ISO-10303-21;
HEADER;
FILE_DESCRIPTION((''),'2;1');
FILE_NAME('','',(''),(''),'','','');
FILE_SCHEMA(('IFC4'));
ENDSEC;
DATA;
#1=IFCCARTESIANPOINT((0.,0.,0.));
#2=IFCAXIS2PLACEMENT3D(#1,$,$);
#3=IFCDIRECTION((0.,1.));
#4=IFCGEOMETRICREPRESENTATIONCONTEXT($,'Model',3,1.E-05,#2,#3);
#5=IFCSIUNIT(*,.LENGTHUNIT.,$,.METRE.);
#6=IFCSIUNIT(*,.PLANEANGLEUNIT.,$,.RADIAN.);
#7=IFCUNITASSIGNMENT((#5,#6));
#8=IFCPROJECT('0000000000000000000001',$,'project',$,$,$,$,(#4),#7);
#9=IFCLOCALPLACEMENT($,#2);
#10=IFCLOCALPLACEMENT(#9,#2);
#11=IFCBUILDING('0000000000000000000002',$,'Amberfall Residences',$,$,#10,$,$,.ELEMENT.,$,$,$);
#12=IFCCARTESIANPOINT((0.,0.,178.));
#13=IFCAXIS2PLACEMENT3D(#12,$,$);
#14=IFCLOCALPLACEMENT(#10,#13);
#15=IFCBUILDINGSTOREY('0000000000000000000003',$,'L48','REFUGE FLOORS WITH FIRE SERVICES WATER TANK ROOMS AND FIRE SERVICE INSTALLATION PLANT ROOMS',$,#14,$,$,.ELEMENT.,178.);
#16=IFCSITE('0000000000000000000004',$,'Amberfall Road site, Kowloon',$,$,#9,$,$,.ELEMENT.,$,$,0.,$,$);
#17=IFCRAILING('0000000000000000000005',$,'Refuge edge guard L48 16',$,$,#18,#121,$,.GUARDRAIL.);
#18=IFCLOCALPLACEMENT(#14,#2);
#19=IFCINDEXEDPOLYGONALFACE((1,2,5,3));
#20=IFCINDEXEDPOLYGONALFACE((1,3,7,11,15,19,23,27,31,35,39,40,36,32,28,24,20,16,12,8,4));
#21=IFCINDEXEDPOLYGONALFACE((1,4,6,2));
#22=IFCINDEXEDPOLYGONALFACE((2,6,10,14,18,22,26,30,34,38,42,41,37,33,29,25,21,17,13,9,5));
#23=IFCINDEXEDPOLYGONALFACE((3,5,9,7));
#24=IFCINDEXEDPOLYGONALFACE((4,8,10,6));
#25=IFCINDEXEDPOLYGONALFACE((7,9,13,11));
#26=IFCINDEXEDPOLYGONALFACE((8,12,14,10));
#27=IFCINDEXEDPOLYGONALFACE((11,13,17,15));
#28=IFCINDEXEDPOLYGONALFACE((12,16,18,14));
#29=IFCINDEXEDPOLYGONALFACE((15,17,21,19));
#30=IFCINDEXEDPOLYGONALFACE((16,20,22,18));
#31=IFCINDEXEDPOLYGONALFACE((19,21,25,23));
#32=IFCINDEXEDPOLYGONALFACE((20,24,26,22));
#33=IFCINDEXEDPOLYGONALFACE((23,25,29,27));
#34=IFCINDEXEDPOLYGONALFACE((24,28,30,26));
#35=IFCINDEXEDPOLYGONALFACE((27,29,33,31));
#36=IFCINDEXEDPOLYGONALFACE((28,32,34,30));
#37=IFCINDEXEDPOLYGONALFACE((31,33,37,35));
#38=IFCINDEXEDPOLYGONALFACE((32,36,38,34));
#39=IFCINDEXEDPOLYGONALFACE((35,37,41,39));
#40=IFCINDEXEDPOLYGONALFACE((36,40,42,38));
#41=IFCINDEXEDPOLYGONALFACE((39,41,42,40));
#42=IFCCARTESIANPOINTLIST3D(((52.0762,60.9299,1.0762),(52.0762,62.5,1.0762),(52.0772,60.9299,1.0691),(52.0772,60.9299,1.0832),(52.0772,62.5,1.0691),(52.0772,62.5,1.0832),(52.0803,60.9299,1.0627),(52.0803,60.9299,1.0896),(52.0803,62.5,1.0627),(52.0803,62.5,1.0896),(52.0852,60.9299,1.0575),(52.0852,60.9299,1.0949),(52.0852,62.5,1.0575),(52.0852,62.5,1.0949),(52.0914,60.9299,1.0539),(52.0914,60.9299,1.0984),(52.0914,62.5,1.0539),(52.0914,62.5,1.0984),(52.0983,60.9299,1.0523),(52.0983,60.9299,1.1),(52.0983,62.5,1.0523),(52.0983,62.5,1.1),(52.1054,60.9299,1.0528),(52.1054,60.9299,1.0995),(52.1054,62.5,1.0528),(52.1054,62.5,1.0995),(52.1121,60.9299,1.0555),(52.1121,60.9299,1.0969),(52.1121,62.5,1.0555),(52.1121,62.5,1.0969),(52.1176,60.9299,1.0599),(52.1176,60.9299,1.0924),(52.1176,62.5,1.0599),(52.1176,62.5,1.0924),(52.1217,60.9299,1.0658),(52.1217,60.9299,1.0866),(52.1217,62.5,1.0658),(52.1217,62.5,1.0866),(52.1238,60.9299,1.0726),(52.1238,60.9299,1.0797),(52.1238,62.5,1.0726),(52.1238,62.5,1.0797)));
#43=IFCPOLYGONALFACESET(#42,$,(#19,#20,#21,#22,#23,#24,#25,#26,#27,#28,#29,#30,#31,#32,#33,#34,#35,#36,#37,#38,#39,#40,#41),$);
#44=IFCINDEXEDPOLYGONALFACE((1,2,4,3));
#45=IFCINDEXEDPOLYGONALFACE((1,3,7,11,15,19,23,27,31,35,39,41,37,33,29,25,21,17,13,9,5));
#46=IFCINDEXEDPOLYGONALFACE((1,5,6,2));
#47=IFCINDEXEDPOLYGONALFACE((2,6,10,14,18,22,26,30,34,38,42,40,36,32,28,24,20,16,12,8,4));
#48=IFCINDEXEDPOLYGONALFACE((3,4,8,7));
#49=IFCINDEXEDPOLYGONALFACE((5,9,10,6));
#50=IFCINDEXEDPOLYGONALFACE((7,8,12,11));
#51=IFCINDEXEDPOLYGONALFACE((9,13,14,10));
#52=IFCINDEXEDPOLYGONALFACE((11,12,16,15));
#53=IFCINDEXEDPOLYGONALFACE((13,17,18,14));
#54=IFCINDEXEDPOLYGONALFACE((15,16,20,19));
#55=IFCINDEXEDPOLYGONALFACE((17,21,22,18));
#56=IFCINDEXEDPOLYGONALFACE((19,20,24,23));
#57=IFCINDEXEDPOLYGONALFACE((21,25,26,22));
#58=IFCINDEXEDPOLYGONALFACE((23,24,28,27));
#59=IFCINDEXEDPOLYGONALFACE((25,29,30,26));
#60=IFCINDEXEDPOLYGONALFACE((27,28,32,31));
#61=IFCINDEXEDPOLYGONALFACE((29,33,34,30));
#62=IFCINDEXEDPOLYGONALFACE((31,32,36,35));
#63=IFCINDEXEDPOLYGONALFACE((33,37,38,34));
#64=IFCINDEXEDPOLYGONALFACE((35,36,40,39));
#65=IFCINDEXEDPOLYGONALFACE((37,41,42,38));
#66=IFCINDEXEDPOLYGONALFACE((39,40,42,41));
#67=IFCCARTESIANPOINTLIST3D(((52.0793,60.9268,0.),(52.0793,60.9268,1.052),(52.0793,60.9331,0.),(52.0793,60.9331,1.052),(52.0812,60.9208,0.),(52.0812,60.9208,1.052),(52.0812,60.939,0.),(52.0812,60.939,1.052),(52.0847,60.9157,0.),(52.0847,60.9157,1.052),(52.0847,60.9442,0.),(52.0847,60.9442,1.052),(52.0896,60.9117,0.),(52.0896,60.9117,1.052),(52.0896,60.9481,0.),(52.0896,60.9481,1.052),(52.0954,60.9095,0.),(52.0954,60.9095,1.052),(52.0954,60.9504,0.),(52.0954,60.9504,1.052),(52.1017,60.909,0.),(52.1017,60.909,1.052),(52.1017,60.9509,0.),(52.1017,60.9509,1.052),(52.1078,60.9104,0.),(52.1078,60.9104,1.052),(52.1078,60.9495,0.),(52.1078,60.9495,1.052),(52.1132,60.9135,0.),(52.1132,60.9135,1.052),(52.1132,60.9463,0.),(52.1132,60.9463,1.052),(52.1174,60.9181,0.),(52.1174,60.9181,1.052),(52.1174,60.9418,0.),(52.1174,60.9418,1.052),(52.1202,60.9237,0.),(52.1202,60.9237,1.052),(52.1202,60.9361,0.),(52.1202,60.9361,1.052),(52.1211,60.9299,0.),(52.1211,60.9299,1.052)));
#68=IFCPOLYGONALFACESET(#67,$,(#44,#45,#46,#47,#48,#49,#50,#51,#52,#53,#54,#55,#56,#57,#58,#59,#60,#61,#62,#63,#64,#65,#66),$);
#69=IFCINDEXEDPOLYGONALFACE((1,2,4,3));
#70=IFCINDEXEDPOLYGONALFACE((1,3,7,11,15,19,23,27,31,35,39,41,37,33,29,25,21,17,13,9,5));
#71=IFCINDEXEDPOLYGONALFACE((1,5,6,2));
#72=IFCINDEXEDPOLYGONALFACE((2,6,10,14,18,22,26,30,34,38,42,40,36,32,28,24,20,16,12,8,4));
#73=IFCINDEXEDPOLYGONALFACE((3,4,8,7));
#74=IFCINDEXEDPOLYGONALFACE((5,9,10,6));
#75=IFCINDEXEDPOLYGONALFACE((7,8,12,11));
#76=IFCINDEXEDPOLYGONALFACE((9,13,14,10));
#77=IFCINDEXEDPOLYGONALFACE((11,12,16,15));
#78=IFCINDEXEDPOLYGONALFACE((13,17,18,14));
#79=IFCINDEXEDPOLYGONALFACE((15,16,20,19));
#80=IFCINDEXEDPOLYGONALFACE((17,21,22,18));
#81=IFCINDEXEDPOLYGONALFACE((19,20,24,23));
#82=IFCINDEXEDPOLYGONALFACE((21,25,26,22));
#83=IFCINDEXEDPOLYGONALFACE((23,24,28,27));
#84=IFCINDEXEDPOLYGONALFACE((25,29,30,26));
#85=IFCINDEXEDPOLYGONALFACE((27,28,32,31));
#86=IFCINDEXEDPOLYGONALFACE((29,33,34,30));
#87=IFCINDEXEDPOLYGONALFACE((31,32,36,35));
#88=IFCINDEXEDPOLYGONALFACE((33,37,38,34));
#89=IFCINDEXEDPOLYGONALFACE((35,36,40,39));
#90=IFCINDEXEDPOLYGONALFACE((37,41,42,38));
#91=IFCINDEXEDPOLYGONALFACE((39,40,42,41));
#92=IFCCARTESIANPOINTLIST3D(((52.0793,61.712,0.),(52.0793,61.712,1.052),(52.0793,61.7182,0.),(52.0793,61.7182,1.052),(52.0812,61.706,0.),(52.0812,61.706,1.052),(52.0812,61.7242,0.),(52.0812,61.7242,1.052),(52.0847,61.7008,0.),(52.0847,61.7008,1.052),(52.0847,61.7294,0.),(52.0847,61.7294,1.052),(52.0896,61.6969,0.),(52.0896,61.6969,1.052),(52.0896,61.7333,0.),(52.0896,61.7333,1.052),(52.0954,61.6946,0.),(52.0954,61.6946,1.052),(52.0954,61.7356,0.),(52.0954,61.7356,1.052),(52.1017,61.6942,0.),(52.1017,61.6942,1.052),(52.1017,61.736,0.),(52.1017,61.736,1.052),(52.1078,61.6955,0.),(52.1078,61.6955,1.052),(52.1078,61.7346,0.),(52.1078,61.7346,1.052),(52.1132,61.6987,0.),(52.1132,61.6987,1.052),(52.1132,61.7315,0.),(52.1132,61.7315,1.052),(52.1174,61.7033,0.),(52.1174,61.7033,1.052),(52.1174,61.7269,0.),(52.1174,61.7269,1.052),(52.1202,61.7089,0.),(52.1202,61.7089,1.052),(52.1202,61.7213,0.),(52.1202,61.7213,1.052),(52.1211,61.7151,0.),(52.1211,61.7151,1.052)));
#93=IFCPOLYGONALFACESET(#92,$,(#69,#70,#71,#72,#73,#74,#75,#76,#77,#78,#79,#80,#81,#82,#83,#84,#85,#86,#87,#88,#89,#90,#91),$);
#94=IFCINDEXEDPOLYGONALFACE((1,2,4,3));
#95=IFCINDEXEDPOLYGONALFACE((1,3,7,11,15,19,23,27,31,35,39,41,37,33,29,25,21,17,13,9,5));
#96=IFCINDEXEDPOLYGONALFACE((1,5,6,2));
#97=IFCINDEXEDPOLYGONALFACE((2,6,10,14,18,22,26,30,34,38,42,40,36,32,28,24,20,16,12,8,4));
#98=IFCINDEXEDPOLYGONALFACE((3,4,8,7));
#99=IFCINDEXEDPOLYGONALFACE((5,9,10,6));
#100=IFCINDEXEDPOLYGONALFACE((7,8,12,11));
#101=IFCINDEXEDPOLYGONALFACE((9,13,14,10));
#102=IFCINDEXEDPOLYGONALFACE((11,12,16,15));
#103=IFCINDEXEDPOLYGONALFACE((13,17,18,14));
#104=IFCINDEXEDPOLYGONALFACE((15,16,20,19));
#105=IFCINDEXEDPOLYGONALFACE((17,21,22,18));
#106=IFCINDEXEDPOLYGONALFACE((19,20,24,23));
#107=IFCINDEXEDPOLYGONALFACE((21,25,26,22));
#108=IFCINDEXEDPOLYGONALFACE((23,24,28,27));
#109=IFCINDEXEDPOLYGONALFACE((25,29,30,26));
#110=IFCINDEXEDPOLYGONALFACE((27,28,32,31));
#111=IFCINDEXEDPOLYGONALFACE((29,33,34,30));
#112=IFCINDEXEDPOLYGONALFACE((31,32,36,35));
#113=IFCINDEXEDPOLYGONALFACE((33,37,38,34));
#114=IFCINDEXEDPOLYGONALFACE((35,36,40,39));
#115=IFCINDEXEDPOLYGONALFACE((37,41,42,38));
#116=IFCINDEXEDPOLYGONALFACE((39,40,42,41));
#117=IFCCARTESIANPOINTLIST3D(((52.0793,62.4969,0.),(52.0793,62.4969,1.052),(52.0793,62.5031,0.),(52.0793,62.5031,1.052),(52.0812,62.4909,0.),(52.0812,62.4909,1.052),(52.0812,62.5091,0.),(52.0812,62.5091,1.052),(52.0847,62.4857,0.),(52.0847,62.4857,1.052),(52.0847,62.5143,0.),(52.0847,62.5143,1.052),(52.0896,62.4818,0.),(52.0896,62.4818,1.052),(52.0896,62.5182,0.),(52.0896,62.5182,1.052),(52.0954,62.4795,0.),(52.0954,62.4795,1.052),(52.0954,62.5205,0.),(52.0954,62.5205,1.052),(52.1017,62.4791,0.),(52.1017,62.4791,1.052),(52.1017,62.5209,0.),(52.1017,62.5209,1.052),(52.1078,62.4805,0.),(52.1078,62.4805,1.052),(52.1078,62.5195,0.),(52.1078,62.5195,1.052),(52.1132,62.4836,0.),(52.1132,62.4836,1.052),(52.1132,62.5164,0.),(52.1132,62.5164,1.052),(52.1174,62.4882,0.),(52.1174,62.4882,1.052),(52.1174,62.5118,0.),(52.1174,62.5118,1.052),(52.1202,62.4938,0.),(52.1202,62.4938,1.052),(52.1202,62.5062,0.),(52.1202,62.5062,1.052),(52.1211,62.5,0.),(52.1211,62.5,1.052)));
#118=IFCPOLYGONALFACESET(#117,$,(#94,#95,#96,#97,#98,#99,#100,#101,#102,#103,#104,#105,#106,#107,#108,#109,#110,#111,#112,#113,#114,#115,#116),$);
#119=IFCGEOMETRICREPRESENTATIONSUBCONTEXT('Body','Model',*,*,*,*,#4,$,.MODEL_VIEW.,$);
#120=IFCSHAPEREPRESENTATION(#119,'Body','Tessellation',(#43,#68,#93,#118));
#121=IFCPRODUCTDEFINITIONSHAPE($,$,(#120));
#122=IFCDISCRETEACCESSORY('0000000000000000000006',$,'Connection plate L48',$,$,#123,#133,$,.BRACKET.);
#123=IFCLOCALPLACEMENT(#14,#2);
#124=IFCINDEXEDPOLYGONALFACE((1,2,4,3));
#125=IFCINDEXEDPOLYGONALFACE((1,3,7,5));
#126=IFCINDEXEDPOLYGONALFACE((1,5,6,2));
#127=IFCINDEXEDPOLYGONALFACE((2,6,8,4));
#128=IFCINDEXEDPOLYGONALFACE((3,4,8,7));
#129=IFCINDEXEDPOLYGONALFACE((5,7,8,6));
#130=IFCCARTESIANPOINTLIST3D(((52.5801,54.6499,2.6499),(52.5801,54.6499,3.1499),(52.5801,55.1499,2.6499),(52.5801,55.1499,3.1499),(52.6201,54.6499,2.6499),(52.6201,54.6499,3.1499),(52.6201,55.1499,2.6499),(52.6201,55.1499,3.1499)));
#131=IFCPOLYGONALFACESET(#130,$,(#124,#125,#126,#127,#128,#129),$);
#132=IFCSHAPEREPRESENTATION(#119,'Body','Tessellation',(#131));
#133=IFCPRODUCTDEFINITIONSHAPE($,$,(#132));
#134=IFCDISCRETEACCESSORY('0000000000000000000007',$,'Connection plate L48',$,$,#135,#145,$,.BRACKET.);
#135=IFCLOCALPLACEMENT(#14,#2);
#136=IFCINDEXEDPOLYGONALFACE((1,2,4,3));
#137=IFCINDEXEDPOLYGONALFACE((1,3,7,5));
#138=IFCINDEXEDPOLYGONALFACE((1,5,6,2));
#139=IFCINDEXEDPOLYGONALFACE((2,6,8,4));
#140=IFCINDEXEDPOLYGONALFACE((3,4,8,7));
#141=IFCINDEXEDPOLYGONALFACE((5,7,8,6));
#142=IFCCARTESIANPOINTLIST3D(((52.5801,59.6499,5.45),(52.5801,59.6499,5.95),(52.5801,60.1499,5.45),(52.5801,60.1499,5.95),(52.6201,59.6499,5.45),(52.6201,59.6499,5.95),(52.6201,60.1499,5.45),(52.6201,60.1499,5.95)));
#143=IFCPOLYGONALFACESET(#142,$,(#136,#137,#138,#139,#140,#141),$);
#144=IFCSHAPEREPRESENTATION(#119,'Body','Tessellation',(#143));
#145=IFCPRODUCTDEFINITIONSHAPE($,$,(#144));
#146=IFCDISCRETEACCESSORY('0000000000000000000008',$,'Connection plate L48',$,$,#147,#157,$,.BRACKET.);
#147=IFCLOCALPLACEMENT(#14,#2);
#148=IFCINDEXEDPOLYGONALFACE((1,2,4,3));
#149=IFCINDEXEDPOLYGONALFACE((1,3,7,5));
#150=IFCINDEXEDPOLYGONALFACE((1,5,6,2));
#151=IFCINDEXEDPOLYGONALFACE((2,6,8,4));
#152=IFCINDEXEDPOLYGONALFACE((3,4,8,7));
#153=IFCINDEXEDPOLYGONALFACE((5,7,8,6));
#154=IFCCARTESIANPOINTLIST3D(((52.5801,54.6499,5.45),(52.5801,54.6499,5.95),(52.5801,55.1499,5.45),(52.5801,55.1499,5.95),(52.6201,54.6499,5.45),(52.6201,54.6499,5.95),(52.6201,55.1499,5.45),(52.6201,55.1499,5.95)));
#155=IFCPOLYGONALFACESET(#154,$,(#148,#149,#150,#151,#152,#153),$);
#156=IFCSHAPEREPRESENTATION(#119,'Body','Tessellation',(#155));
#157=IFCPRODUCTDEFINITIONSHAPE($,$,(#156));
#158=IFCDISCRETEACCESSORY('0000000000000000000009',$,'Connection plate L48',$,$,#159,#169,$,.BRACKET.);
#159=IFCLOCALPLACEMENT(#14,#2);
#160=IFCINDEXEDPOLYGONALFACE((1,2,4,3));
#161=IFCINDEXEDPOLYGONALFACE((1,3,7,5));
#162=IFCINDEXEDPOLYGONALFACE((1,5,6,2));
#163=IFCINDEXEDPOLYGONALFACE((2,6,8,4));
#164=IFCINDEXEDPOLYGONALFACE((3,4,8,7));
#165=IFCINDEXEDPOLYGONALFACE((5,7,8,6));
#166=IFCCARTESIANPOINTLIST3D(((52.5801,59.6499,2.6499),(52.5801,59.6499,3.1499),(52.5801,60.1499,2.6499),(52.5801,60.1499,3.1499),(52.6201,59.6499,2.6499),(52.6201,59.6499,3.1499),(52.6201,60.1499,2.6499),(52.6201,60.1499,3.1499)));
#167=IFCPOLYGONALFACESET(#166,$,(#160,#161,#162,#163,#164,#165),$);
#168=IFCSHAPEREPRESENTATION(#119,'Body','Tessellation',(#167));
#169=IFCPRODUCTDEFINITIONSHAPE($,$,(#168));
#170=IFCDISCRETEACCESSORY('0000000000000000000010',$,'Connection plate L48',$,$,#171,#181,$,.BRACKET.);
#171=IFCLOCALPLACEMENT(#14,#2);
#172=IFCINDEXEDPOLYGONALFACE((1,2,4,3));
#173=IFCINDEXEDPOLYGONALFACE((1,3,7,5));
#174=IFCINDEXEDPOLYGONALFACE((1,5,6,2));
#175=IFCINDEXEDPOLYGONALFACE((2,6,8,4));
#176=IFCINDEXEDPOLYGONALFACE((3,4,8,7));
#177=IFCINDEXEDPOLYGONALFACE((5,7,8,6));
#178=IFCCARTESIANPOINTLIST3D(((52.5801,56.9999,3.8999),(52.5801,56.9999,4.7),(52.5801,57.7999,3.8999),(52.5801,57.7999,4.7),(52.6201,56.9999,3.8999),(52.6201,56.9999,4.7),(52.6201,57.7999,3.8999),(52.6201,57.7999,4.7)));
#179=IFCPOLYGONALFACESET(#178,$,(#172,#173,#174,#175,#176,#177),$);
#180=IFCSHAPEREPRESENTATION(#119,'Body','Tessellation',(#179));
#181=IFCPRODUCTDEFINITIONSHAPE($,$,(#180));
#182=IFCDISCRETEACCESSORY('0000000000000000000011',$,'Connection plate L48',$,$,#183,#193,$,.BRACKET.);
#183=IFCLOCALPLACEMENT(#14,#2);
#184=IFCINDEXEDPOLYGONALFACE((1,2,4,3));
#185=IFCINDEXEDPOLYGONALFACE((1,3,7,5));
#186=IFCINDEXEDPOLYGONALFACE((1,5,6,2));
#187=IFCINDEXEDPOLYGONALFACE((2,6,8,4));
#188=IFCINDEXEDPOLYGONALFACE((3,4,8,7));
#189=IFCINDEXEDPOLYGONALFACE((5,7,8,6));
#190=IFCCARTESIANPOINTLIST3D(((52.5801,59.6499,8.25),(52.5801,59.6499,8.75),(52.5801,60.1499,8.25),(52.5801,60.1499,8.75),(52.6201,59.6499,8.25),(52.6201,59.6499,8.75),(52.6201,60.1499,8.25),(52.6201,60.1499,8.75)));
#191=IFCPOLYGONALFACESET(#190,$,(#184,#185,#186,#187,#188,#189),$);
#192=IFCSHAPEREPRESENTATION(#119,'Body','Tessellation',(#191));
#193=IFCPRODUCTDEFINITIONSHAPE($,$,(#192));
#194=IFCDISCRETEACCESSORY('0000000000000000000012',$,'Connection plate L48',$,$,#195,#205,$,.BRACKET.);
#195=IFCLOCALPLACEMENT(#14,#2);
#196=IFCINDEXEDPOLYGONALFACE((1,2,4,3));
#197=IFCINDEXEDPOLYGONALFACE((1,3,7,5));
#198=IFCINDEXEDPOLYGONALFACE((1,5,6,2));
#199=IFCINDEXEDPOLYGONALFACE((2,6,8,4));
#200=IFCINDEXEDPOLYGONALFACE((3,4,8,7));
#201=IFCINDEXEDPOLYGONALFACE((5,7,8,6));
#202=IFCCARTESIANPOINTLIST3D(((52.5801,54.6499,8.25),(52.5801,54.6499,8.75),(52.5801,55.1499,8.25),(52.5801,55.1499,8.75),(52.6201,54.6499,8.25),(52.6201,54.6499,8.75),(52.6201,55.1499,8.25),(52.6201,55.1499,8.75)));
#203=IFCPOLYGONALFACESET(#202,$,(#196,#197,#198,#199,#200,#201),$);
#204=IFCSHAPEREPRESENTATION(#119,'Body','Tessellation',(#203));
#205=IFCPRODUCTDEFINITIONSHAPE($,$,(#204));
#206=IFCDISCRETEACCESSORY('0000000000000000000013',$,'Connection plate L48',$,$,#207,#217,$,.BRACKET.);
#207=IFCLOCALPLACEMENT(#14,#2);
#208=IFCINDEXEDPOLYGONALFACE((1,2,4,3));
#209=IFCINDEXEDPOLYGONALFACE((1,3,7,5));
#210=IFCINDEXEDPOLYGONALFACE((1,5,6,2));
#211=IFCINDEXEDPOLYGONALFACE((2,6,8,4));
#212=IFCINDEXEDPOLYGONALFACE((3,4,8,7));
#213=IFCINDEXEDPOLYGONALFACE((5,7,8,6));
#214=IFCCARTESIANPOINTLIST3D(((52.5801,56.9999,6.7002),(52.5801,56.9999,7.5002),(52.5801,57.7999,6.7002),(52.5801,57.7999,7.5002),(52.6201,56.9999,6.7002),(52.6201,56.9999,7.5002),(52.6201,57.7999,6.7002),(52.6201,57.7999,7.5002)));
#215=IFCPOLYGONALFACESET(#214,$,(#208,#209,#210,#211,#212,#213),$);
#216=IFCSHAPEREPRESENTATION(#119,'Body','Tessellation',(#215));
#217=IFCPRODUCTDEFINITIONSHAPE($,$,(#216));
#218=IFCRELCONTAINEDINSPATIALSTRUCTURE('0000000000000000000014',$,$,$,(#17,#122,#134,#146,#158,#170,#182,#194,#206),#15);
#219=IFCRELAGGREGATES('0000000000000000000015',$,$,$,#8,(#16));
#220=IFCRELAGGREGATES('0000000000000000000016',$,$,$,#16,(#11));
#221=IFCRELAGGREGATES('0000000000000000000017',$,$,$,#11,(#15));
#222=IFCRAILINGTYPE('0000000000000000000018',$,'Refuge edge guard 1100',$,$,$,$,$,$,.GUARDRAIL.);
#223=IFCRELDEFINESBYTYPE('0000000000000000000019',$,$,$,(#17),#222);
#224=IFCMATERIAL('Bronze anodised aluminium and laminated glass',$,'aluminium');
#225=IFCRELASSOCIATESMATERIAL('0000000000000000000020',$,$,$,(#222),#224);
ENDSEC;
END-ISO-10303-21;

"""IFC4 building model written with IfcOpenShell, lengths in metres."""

from ifc_helpers import new_model, si_unit, direction, frame, origin, origin_2d, place, context, subcontext, project, spatial, rectangle, circle, extrude, material, type_object, element, save


model = new_model("IFC4")

# Units and contexts
model_context = context("Model", 3, precision=1e-05, world=origin(), true_north=direction((0.0, 1.0)))
body_context = subcontext(model_context, "Body", "Model", "MODEL_VIEW")
ifc_project = project(units=[si_unit("LENGTHUNIT", "METRE"), si_unit("PLANEANGLEUNIT", "RADIAN")], contexts=[model_context])

# Site, building, storey
site_placement = place(None, origin())
site = spatial("IfcSite", under=ifc_project, at=site_placement, Name="Amberfall Road site, Kowloon", CompositionType="ELEMENT", RefElevation=0.0)
building_placement = place(site_placement, origin())
building = spatial("IfcBuilding", under=site, at=building_placement, Name="Amberfall Residences", CompositionType="ELEMENT")
storey_placement = place(building_placement, frame((0.0, 0.0, 178.0)))
storey = spatial("IfcBuildingStorey", under=building, at=storey_placement, Name="L48", Description="REFUGE FLOORS WITH FIRE SERVICES WATER TANK ROOMS AND FIRE SERVICE INSTALLATION PLANT ROOMS", CompositionType="ELEMENT", Elevation=178.0)

# Railing
ifc_material_1 = material(Name="Bronze anodised aluminium and laminated glass", Category="aluminium")
railing_type = type_object("IfcRailingType", Name="Refuge edge guard 1100", PredefinedType="GUARDRAIL", material=ifc_material_1)
railing_1_placement = place(storey_placement, frame((52.1001, 60.9299, 0.0)))
element("IfcRailing", 1, at=railing_1_placement, inside=storey, type_object=railing_type, Name="Refuge edge guard L48 16", PredefinedType="GUARDRAIL", context=body_context, shape_type="SweptSolid", body=[
    extrude(circle(Radius=0.0239, at=origin_2d()), frame((0.0, 0.0, 1.0762), z_axis=(0.0, 1.0, 0.0), x_axis=(-1.0, 0.0, 0.0)), (0.0, 0.0, 1.0), 1.5701),
    extrude(circle(Radius=0.021, at=origin_2d()), origin(), (0.0, 0.0, 1.0), 1.052),
    extrude(circle(Radius=0.021, at=origin_2d()), frame((0.0, 0.7852, 0.0)), (0.0, 0.0, 1.0), 1.052),
    extrude(circle(Radius=0.021, at=origin_2d()), frame((0.0, 1.5701, 0.0)), (0.0, 0.0, 1.0), 1.052),
])

# Discrete accessories
for number, where, z_axis, x_axis, name in (
    (2, (52.6001, 54.8999, 2.6499), (0.0, 0.0, 1.0), (0.0, 1.0, 0.0), "Connection plate L48"),
    (3, (52.6001, 59.8999, 5.45), (0.0, 0.0, 1.0), (0.0, 1.0, 0.0), "Connection plate L48"),
    (4, (52.6001, 54.8999, 5.45), (0.0, 0.0, 1.0), (0.0, 1.0, 0.0), "Connection plate L48"),
    (5, (52.6001, 59.8999, 2.6499), (0.0, 0.0, 1.0), (0.0, 1.0, 0.0), "Connection plate L48"),
):
    element("IfcDiscreteAccessory", number, at=place(storey_placement, frame(where, z_axis=z_axis, x_axis=x_axis)), inside=storey, Name=name, PredefinedType="BRACKET", context=body_context, shape_type="SweptSolid", body=[
        extrude(rectangle(XDim=0.5, YDim=0.04, at=origin_2d()), origin(), (0.0, 0.0, 1.0), 0.5),
    ])
discrete_accessory_1_placement = place(storey_placement, frame((52.6001, 57.3999, 3.8999), z_axis=(0.0, 0.0, 1.0), x_axis=(0.0, 1.0, 0.0)))
element("IfcDiscreteAccessory", 6, at=discrete_accessory_1_placement, inside=storey, Name="Connection plate L48", PredefinedType="BRACKET", context=body_context, shape_type="SweptSolid", body=[
    extrude(rectangle(XDim=0.8, YDim=0.04, at=origin_2d()), origin(), (0.0, 0.0, 1.0), 0.8),
])
for number, where, z_axis, x_axis, name in (
    (7, (52.6001, 59.8999, 8.25), (0.0, 0.0, 1.0), (0.0, 1.0, 0.0), "Connection plate L48"),
    (8, (52.6001, 54.8999, 8.25), (0.0, 0.0, 1.0), (0.0, 1.0, 0.0), "Connection plate L48"),
):
    element("IfcDiscreteAccessory", number, at=place(storey_placement, frame(where, z_axis=z_axis, x_axis=x_axis)), inside=storey, Name=name, PredefinedType="BRACKET", context=body_context, shape_type="SweptSolid", body=[
        extrude(rectangle(XDim=0.5, YDim=0.04, at=origin_2d()), origin(), (0.0, 0.0, 1.0), 0.5),
    ])
discrete_accessory_2_placement = place(storey_placement, frame((52.6001, 57.3999, 6.7002), z_axis=(0.0, 0.0, 1.0), x_axis=(0.0, 1.0, 0.0)))
element("IfcDiscreteAccessory", 9, at=discrete_accessory_2_placement, inside=storey, Name="Connection plate L48", PredefinedType="BRACKET", context=body_context, shape_type="SweptSolid", body=[
    extrude(rectangle(XDim=0.8, YDim=0.04, at=origin_2d()), origin(), (0.0, 0.0, 1.0), 0.8),
])

save(model, "model.ifc")
